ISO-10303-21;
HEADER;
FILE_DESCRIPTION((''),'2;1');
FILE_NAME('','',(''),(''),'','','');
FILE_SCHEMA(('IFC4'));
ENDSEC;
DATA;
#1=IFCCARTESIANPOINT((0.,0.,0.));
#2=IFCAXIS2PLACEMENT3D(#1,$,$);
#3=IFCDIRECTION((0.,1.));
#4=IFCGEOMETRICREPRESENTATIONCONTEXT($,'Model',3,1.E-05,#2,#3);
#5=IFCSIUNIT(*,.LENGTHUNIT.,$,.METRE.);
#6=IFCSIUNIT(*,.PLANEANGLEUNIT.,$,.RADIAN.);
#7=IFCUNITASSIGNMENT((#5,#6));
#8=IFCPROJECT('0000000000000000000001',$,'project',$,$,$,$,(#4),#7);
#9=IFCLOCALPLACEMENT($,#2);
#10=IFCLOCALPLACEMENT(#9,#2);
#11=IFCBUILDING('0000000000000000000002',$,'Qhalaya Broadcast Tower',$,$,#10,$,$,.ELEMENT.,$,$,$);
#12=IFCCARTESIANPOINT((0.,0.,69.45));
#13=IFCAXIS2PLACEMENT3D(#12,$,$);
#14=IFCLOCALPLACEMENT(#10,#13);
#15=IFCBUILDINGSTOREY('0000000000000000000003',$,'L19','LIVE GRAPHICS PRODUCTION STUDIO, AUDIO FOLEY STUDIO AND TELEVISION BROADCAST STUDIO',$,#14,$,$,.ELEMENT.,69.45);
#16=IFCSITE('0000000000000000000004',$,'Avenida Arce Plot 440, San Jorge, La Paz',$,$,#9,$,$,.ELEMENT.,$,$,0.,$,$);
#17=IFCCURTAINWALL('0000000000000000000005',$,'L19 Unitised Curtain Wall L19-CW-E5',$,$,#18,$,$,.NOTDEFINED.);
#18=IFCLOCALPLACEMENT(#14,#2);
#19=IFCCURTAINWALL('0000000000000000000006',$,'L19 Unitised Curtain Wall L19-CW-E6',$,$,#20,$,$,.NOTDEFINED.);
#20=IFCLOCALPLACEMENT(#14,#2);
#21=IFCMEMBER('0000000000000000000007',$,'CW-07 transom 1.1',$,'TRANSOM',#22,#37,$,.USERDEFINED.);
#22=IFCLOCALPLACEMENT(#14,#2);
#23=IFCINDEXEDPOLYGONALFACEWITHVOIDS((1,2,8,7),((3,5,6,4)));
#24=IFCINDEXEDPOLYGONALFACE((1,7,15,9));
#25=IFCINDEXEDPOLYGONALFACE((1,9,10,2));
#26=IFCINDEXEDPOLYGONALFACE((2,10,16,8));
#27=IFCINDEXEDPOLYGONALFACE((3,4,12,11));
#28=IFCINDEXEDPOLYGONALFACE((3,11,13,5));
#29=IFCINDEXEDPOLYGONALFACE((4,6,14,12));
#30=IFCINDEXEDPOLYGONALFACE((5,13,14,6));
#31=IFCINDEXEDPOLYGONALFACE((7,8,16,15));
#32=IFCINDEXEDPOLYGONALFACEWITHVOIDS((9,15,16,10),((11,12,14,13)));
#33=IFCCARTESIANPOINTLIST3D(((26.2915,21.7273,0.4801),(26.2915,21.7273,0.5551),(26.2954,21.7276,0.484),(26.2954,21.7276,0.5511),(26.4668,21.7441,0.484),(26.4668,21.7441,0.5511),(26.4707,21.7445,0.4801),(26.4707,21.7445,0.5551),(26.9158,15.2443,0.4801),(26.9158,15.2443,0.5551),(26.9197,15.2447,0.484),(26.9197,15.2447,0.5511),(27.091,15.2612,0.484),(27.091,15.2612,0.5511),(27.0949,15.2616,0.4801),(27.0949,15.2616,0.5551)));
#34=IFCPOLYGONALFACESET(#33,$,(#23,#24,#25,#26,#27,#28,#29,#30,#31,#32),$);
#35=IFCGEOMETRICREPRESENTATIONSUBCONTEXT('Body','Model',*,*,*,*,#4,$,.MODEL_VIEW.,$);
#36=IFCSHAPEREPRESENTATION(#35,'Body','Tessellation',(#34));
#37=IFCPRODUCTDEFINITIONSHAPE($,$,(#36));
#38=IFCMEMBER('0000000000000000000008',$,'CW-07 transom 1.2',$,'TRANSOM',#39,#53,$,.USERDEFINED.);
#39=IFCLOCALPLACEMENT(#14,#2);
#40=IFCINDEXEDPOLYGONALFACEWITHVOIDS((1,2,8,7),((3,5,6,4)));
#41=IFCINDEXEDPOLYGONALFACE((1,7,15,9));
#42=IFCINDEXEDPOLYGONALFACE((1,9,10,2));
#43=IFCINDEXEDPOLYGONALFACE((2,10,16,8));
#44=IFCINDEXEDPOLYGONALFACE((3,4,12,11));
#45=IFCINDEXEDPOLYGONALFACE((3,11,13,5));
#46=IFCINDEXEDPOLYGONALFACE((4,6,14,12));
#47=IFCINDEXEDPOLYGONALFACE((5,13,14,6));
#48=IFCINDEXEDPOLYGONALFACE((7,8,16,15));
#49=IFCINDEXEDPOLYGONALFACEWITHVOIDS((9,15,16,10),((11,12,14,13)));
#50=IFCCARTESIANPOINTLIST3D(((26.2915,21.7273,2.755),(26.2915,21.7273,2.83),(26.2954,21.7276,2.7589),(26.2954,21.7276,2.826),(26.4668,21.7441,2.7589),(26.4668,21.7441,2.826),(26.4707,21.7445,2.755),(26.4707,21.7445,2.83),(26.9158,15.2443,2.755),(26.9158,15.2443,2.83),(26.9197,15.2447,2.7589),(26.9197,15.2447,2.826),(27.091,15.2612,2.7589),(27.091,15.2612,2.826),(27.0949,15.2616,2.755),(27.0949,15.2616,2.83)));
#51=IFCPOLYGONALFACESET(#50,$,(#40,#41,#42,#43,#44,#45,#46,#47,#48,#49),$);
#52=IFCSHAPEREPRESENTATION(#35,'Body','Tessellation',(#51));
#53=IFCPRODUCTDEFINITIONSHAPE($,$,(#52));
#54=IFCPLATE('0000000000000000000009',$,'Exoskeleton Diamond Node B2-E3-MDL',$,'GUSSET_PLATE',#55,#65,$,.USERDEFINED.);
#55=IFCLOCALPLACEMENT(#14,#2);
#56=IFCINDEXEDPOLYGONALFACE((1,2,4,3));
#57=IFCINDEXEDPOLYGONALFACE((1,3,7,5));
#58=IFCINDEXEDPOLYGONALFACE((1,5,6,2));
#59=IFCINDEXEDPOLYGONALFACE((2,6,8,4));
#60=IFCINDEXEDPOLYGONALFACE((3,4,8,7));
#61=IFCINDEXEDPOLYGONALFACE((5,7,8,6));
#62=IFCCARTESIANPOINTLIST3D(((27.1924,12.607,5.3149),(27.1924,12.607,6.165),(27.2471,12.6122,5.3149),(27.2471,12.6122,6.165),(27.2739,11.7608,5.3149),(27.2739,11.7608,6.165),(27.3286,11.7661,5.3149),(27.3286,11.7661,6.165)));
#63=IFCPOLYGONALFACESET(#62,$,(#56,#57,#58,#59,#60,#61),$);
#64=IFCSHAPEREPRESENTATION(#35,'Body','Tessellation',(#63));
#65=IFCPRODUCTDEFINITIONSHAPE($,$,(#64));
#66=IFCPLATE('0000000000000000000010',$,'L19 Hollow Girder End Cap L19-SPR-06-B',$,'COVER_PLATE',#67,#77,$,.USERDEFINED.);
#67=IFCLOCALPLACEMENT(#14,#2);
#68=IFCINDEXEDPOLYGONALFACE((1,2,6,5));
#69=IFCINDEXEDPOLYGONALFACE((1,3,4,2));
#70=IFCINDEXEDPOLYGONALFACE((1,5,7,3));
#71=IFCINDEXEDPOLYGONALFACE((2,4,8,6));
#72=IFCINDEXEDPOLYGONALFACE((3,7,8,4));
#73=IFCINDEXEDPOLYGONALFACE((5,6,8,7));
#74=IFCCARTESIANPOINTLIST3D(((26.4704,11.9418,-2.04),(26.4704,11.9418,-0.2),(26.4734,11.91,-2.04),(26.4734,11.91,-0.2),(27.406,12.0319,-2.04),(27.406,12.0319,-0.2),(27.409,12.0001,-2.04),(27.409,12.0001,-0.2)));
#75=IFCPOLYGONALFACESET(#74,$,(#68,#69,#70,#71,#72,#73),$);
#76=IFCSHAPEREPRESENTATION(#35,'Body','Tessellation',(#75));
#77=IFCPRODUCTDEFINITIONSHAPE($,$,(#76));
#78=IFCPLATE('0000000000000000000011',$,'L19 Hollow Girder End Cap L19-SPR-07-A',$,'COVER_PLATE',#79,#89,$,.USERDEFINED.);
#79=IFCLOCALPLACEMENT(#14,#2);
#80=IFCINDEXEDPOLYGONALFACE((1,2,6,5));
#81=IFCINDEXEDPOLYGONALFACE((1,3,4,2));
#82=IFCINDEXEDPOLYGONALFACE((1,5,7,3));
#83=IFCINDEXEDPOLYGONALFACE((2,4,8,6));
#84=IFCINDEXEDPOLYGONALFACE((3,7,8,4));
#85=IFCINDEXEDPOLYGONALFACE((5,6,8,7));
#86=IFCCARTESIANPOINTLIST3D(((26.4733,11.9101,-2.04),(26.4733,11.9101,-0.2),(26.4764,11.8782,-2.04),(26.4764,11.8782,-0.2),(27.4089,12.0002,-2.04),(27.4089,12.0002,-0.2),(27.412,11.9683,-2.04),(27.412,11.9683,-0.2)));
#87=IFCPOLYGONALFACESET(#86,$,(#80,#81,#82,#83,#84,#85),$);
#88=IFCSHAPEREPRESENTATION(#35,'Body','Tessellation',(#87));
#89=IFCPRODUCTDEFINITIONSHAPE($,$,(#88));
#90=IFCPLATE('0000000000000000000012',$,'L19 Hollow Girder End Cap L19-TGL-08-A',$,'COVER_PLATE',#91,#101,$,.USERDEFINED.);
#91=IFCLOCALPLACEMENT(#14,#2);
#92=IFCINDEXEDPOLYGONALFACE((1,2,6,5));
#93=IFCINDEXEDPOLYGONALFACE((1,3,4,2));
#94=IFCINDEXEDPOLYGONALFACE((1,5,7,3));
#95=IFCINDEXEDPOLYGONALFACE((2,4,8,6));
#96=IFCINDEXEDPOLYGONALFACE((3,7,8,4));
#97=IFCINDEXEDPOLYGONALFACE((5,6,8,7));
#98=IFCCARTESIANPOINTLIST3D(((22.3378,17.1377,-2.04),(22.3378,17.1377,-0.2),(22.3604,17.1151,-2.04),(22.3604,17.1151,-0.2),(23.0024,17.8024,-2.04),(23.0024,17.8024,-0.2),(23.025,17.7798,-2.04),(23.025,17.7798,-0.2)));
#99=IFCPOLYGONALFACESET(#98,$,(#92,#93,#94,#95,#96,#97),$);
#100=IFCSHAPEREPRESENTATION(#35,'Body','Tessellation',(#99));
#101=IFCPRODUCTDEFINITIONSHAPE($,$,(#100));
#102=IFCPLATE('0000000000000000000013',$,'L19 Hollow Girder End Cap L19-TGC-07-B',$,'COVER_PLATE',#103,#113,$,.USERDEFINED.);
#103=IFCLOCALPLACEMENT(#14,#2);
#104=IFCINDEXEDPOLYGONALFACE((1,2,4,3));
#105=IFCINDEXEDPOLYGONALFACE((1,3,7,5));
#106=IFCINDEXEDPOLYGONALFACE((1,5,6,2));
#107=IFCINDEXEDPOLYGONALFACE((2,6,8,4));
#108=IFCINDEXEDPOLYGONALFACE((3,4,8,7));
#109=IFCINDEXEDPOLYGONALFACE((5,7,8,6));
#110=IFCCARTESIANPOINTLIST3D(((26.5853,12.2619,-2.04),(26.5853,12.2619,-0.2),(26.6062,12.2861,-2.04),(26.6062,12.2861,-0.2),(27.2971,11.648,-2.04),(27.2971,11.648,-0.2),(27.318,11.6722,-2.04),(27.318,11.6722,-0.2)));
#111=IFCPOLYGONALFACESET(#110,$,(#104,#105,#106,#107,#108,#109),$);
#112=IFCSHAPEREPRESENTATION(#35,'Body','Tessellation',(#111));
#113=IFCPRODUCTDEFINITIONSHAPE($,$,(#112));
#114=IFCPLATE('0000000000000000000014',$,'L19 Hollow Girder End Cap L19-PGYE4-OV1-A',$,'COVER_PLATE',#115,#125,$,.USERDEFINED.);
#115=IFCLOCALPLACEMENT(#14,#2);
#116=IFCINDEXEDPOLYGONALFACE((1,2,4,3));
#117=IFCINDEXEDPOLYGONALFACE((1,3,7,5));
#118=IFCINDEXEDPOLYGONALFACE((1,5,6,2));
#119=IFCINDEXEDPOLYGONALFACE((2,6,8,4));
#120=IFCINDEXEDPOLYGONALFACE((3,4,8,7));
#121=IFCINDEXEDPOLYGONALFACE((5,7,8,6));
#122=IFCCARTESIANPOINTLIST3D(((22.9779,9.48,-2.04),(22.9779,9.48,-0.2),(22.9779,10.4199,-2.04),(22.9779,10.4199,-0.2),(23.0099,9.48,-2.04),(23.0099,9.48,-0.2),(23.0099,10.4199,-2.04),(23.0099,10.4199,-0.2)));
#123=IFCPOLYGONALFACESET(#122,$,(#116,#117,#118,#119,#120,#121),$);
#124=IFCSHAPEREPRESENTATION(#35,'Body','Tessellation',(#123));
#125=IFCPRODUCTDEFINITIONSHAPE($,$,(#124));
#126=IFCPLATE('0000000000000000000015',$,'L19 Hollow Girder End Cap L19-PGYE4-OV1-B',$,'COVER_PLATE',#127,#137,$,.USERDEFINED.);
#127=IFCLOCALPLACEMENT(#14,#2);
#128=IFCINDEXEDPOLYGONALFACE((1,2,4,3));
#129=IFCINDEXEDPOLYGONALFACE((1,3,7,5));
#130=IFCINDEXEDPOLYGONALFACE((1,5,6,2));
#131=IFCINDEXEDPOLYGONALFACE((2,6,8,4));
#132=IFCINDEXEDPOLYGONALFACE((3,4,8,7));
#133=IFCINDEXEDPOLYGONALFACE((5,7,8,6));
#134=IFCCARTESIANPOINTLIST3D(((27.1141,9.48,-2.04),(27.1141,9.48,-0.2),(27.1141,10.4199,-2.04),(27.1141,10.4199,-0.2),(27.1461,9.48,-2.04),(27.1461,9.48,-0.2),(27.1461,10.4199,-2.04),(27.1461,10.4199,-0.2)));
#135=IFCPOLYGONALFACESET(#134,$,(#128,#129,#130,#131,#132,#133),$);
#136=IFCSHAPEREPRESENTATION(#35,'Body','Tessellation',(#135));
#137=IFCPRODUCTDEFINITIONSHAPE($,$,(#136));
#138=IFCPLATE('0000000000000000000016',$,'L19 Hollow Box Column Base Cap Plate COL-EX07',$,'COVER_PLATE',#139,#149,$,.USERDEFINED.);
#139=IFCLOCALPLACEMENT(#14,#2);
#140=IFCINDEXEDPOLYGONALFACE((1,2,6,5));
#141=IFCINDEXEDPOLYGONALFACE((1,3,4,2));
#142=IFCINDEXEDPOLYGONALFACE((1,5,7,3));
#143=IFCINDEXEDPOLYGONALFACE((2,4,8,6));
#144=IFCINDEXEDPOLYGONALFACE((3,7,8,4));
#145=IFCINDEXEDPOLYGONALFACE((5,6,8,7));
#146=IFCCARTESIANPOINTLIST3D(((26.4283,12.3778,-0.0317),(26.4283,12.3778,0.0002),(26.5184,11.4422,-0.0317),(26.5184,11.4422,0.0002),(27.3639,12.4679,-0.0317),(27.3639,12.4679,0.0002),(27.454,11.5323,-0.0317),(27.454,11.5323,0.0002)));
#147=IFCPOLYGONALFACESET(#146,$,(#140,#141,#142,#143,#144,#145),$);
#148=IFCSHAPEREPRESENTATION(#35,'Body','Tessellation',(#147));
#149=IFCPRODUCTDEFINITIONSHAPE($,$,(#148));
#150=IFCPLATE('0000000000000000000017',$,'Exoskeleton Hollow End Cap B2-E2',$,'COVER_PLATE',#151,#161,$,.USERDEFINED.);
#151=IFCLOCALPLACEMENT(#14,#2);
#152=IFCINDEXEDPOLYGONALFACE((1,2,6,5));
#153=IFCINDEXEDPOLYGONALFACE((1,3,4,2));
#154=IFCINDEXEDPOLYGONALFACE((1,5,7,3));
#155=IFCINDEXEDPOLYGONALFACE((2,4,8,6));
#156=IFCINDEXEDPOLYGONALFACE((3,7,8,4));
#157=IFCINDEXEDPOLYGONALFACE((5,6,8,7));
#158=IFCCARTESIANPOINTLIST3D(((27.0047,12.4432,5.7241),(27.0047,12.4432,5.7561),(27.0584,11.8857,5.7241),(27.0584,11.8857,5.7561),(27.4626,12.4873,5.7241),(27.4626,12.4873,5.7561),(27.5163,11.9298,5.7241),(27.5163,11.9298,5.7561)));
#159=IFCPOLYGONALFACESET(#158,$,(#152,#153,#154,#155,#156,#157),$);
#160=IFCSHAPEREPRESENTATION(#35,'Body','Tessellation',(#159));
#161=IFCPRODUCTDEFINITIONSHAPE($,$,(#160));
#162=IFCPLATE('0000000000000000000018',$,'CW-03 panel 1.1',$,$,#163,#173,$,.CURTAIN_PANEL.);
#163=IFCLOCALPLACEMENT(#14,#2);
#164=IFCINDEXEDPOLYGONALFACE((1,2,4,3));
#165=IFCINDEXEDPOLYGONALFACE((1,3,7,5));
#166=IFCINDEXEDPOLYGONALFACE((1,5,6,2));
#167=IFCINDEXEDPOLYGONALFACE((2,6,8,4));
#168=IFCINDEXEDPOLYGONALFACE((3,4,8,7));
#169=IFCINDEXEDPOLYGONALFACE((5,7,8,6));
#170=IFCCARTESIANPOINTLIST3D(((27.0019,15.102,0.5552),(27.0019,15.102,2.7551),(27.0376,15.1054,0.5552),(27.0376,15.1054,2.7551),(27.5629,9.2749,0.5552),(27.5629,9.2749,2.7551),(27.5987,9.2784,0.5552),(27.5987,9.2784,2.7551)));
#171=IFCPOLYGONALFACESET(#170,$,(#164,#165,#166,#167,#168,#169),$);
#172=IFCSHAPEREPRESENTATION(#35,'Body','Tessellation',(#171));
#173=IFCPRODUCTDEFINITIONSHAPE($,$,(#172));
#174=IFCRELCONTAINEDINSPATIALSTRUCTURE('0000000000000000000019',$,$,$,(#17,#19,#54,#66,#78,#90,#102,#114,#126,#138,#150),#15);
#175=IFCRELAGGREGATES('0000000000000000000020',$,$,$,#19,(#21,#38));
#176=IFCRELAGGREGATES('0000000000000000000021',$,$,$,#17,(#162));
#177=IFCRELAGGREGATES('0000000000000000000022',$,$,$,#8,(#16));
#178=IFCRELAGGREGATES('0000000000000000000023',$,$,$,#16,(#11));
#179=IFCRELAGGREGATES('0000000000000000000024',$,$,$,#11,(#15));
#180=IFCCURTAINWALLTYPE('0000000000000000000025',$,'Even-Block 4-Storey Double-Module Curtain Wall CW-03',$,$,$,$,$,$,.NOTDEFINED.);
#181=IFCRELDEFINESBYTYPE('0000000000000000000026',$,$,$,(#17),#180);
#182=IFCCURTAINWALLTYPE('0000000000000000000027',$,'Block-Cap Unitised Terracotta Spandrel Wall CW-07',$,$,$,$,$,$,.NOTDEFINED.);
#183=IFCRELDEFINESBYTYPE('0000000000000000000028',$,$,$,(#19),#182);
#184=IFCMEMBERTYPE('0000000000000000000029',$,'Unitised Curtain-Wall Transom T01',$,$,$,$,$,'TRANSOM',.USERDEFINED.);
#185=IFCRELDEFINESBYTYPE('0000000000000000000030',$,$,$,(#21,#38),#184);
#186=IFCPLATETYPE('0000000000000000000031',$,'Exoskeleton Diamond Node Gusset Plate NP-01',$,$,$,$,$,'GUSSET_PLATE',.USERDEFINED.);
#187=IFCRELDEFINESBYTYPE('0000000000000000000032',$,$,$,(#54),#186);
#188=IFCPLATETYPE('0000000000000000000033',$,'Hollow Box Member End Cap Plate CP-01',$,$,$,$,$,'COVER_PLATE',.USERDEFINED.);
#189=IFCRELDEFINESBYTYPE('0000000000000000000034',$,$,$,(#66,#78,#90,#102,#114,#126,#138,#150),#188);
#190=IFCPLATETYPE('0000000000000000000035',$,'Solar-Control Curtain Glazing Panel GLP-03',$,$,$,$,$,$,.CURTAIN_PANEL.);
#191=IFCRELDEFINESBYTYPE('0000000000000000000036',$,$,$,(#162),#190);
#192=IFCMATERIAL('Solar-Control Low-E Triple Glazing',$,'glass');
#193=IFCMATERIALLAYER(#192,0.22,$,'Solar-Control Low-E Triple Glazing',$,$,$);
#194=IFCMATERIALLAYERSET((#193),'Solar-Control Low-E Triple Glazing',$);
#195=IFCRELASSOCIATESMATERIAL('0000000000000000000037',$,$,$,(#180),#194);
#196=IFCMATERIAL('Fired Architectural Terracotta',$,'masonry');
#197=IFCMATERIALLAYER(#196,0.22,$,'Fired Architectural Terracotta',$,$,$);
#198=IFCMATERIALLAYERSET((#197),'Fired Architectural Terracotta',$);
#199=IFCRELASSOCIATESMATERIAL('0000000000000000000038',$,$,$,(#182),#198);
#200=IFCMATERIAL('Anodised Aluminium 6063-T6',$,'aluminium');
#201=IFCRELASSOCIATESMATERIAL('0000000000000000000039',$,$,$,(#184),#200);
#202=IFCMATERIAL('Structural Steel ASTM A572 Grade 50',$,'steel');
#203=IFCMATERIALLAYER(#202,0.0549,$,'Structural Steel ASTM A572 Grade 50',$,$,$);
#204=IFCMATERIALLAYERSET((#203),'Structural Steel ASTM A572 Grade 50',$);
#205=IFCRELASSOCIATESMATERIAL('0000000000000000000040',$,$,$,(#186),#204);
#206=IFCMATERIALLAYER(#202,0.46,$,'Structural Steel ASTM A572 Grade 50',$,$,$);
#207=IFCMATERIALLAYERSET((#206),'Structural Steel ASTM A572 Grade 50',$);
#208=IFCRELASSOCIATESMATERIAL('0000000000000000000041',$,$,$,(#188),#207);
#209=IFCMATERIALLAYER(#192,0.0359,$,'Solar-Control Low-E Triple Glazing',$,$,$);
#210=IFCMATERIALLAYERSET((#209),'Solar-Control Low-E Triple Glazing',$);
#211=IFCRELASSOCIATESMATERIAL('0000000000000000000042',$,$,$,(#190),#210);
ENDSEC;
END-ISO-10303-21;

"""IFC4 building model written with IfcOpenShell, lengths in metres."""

from ifc_helpers import new_model, si_unit, direction, frame, origin, origin_2d, place, context, subcontext, project, spatial, rectangle, hollow_rectangle, extrude, material, layer, layer_set, material_profile, profile_set, type_object, element, aggregate, save


model = new_model("IFC4")

# Units and contexts
model_context = context("Model", 3, precision=1e-05, world=origin(), true_north=direction((0.0, 1.0)))
body_context = subcontext(model_context, "Body", "Model", "MODEL_VIEW")
ifc_project = project(units=[si_unit("LENGTHUNIT", "METRE"), si_unit("PLANEANGLEUNIT", "RADIAN")], contexts=[model_context])

# Site, building, storey
site_placement = place(None, origin())
site = spatial("IfcSite", under=ifc_project, at=site_placement, Name="Avenida Arce Plot 440, San Jorge, La Paz", CompositionType="ELEMENT", RefElevation=0.0)
building_placement = place(site_placement, origin())
building = spatial("IfcBuilding", under=site, at=building_placement, Name="Qhalaya Broadcast Tower", CompositionType="ELEMENT")
storey_placement = place(building_placement, frame((0.0, 0.0, 69.45)))
storey = spatial("IfcBuildingStorey", under=building, at=storey_placement, Name="L19", Description="LIVE GRAPHICS PRODUCTION STUDIO, AUDIO FOLEY STUDIO AND TELEVISION BROADCAST STUDIO", CompositionType="ELEMENT", Elevation=69.45)

# Shared definitions
ifc_material_1 = material(Name="Structural Steel ASTM A572 Grade 50", Category="steel")

# Curtain wall
ifc_material_2 = material(Name="Solar-Control Low-E Triple Glazing", Category="glass")
ifc_layer_1 = layer(ifc_material_2, 0.22, Name="Solar-Control Low-E Triple Glazing")
ifc_layer_set_1 = layer_set([ifc_layer_1], Name="Solar-Control Low-E Triple Glazing")
curtain_wall_type_1 = type_object("IfcCurtainWallType", Name="Even-Block 4-Storey Double-Module Curtain Wall CW-03", PredefinedType="NOTDEFINED", material=ifc_layer_set_1)
curtain_wall_1_placement = place(storey_placement, origin())
curtain_wall_1 = element("IfcCurtainWall", 1, at=curtain_wall_1_placement, inside=storey, type_object=curtain_wall_type_1, Name="L19 Unitised Curtain Wall L19-CW-E5", PredefinedType="NOTDEFINED")
ifc_material_3 = material(Name="Anodised Aluminium 6063-T6", Category="aluminium")

# Curtain wall, members
ifc_material_4 = material(Name="Fired Architectural Terracotta", Category="masonry")
ifc_layer_2 = layer(ifc_material_4, 0.22, Name="Fired Architectural Terracotta")
ifc_layer_set_2 = layer_set([ifc_layer_2], Name="Fired Architectural Terracotta")
curtain_wall_type_2 = type_object("IfcCurtainWallType", Name="Block-Cap Unitised Terracotta Spandrel Wall CW-07", PredefinedType="NOTDEFINED", material=ifc_layer_set_2)
curtain_wall_2_placement = place(storey_placement, origin())
curtain_wall_2 = element("IfcCurtainWall", 2, at=curtain_wall_2_placement, inside=storey, type_object=curtain_wall_type_2, Name="L19 Unitised Curtain Wall L19-CW-E6", PredefinedType="NOTDEFINED")
ifc_material_profile_1 = material_profile(ifc_material_3, hollow_rectangle(XDim=0.075, YDim=0.1799, WallThickness=0.0039, at=origin_2d()), Name="ALU-TRN 75x180x4")
ifc_profile_set_1 = profile_set([ifc_material_profile_1], Name="Anodised Aluminium 6063-T6")
member_type_1 = type_object("IfcMemberType", Name="Unitised Curtain-Wall Transom T01", ElementType="TRANSOM", PredefinedType="USERDEFINED", material=ifc_profile_set_1)
member_1_placement = place(storey_placement, frame((27.0054, 15.2529, 0.5176), z_axis=(-0.095851, 0.995396, 0.0), x_axis=(0.0, 0.0, 1.0)))
member_1 = element("IfcMember", 3, at=member_1_placement, type_object=member_type_1, Name="CW-07 transom 1.1", ObjectType="TRANSOM", PredefinedType="USERDEFINED", context=body_context, shape_type="SweptSolid", body=[
    extrude(hollow_rectangle(XDim=0.075, YDim=0.1799, WallThickness=0.0039, at=origin_2d()), origin(), (0.0, 0.0, 1.0), 6.5129),
])
member_2_placement = place(storey_placement, frame((27.0054, 15.2529, 2.7925), z_axis=(-0.095851, 0.995396, 0.0), x_axis=(0.0, 0.0, 1.0)))
member_2 = element("IfcMember", 4, at=member_2_placement, type_object=member_type_1, Name="CW-07 transom 1.2", ObjectType="TRANSOM", PredefinedType="USERDEFINED", context=body_context, shape_type="SweptSolid", body=[
    extrude(hollow_rectangle(XDim=0.075, YDim=0.1799, WallThickness=0.0039, at=origin_2d()), origin(), (0.0, 0.0, 1.0), 6.5129),
])
aggregate(curtain_wall_2, [member_1, member_2])

# Plates
ifc_layer_3 = layer(ifc_material_1, 0.0549, Name="Structural Steel ASTM A572 Grade 50")
ifc_layer_set_3 = layer_set([ifc_layer_3], Name="Structural Steel ASTM A572 Grade 50")
plate_type_1 = type_object("IfcPlateType", Name="Exoskeleton Diamond Node Gusset Plate NP-01", ElementType="GUSSET_PLATE", PredefinedType="USERDEFINED", material=ifc_layer_set_3)
plate_1_placement = place(storey_placement, frame((27.2605, 12.1865, 5.3149), z_axis=(0.0, 0.0, 1.0), x_axis=(-0.095846, 0.995396, 0.0)))
element("IfcPlate", 5, at=plate_1_placement, inside=storey, type_object=plate_type_1, Name="Exoskeleton Diamond Node B2-E3-MDL", ObjectType="GUSSET_PLATE", PredefinedType="USERDEFINED", context=body_context, shape_type="SweptSolid", body=[
    extrude(rectangle(XDim=0.8501, YDim=0.0549, at=origin_2d()), origin(), (0.0, 0.0, 1.0), 0.8501),
])
ifc_layer_4 = layer(ifc_material_1, 0.46, Name="Structural Steel ASTM A572 Grade 50")
ifc_layer_set_4 = layer_set([ifc_layer_4], Name="Structural Steel ASTM A572 Grade 50")
plate_type_2 = type_object("IfcPlateType", Name="Hollow Box Member End Cap Plate CP-01", ElementType="COVER_PLATE", PredefinedType="USERDEFINED", material=ifc_layer_set_4)
for number, where, z_axis, x_axis, name in (
    (6, (26.9397, 11.9709, -2.04), (0.0, 0.0, 1.0), (-0.995396, -0.095846, 0.0), "L19 Hollow Girder End Cap L19-SPR-06-B"),
    (7, (26.9426, 11.9392, -2.04), (0.0, 0.0, 1.0), (-0.995396, -0.095846, 0.0), "L19 Hollow Girder End Cap L19-SPR-07-A"),
    (8, (22.6814, 17.4587, -2.04), (0.0, 0.0, 1.0), (-0.707107, -0.707107, 0.0), "L19 Hollow Girder End Cap L19-TGL-08-A"),
    (9, (26.9517, 11.967, -2.04), (0.0, 0.0, 1.0), (-0.757223, 0.653156, 0.0), "L19 Hollow Girder End Cap L19-TGC-07-B"),
    (10, (22.9939, 9.95, -2.04), (0.0, 0.0, 1.0), (0.0, 1.0, 0.0), "L19 Hollow Girder End Cap L19-PGYE4-OV1-A"),
    (11, (27.1301, 9.95, -2.04), (0.0, 0.0, 1.0), (0.0, 1.0, 0.0), "L19 Hollow Girder End Cap L19-PGYE4-OV1-B"),
):
    element("IfcPlate", number, at=place(storey_placement, frame(where, z_axis=z_axis, x_axis=x_axis)), inside=storey, type_object=plate_type_2, Name=name, ObjectType="COVER_PLATE", PredefinedType="USERDEFINED", context=body_context, shape_type="SweptSolid", body=[
        extrude(rectangle(XDim=0.9399, YDim=0.032, at=origin_2d()), origin(), (0.0, 0.0, 1.0), 1.8401),
    ])
plate_2_placement = place(storey_placement, frame((26.9412, 11.9551, -0.0317), z_axis=(0.0, 0.0, 1.0), x_axis=(-0.095846, 0.995396, 0.0)))
element("IfcPlate", 12, at=plate_2_placement, inside=storey, type_object=plate_type_2, Name="L19 Hollow Box Column Base Cap Plate COL-EX07", ObjectType="COVER_PLATE", PredefinedType="USERDEFINED", context=body_context, shape_type="SweptSolid", body=[
    extrude(rectangle(XDim=0.9399, YDim=0.9399, at=origin_2d()), origin(), (0.0, 0.0, 1.0), 0.032),
])
plate_3_placement = place(storey_placement, frame((27.2605, 12.1865, 5.7241), z_axis=(0.0, 0.0, 1.0), x_axis=(-0.095846, 0.995396, 0.0)))
element("IfcPlate", 13, at=plate_3_placement, inside=storey, type_object=plate_type_2, Name="Exoskeleton Hollow End Cap B2-E2", ObjectType="COVER_PLATE", PredefinedType="USERDEFINED", context=body_context, shape_type="SweptSolid", body=[
    extrude(rectangle(XDim=0.5601, YDim=0.46, at=origin_2d()), origin(), (0.0, 0.0, 1.0), 0.032),
])

# Plate
ifc_layer_5 = layer(ifc_material_2, 0.0359, Name="Solar-Control Low-E Triple Glazing")
ifc_layer_set_5 = layer_set([ifc_layer_5], Name="Solar-Control Low-E Triple Glazing")
plate_type_3 = type_object("IfcPlateType", Name="Solar-Control Curtain Glazing Panel GLP-03", PredefinedType="CURTAIN_PANEL", material=ifc_layer_set_5)
plate_4_placement = place(storey_placement, frame((27.3003, 12.1902, 0.5552), z_axis=(0.0, 0.0, 1.0), x_axis=(-0.095836, 0.995397, 0.0)))
plate_4 = element("IfcPlate", 14, at=plate_4_placement, type_object=plate_type_3, Name="CW-03 panel 1.1", PredefinedType="CURTAIN_PANEL", context=body_context, shape_type="SweptSolid", body=[
    extrude(rectangle(XDim=5.854, YDim=0.0359, at=origin_2d()), origin(), (0.0, 0.0, 1.0), 2.2),
])
aggregate(curtain_wall_1, [plate_4])

save(model, "model.ifc")
